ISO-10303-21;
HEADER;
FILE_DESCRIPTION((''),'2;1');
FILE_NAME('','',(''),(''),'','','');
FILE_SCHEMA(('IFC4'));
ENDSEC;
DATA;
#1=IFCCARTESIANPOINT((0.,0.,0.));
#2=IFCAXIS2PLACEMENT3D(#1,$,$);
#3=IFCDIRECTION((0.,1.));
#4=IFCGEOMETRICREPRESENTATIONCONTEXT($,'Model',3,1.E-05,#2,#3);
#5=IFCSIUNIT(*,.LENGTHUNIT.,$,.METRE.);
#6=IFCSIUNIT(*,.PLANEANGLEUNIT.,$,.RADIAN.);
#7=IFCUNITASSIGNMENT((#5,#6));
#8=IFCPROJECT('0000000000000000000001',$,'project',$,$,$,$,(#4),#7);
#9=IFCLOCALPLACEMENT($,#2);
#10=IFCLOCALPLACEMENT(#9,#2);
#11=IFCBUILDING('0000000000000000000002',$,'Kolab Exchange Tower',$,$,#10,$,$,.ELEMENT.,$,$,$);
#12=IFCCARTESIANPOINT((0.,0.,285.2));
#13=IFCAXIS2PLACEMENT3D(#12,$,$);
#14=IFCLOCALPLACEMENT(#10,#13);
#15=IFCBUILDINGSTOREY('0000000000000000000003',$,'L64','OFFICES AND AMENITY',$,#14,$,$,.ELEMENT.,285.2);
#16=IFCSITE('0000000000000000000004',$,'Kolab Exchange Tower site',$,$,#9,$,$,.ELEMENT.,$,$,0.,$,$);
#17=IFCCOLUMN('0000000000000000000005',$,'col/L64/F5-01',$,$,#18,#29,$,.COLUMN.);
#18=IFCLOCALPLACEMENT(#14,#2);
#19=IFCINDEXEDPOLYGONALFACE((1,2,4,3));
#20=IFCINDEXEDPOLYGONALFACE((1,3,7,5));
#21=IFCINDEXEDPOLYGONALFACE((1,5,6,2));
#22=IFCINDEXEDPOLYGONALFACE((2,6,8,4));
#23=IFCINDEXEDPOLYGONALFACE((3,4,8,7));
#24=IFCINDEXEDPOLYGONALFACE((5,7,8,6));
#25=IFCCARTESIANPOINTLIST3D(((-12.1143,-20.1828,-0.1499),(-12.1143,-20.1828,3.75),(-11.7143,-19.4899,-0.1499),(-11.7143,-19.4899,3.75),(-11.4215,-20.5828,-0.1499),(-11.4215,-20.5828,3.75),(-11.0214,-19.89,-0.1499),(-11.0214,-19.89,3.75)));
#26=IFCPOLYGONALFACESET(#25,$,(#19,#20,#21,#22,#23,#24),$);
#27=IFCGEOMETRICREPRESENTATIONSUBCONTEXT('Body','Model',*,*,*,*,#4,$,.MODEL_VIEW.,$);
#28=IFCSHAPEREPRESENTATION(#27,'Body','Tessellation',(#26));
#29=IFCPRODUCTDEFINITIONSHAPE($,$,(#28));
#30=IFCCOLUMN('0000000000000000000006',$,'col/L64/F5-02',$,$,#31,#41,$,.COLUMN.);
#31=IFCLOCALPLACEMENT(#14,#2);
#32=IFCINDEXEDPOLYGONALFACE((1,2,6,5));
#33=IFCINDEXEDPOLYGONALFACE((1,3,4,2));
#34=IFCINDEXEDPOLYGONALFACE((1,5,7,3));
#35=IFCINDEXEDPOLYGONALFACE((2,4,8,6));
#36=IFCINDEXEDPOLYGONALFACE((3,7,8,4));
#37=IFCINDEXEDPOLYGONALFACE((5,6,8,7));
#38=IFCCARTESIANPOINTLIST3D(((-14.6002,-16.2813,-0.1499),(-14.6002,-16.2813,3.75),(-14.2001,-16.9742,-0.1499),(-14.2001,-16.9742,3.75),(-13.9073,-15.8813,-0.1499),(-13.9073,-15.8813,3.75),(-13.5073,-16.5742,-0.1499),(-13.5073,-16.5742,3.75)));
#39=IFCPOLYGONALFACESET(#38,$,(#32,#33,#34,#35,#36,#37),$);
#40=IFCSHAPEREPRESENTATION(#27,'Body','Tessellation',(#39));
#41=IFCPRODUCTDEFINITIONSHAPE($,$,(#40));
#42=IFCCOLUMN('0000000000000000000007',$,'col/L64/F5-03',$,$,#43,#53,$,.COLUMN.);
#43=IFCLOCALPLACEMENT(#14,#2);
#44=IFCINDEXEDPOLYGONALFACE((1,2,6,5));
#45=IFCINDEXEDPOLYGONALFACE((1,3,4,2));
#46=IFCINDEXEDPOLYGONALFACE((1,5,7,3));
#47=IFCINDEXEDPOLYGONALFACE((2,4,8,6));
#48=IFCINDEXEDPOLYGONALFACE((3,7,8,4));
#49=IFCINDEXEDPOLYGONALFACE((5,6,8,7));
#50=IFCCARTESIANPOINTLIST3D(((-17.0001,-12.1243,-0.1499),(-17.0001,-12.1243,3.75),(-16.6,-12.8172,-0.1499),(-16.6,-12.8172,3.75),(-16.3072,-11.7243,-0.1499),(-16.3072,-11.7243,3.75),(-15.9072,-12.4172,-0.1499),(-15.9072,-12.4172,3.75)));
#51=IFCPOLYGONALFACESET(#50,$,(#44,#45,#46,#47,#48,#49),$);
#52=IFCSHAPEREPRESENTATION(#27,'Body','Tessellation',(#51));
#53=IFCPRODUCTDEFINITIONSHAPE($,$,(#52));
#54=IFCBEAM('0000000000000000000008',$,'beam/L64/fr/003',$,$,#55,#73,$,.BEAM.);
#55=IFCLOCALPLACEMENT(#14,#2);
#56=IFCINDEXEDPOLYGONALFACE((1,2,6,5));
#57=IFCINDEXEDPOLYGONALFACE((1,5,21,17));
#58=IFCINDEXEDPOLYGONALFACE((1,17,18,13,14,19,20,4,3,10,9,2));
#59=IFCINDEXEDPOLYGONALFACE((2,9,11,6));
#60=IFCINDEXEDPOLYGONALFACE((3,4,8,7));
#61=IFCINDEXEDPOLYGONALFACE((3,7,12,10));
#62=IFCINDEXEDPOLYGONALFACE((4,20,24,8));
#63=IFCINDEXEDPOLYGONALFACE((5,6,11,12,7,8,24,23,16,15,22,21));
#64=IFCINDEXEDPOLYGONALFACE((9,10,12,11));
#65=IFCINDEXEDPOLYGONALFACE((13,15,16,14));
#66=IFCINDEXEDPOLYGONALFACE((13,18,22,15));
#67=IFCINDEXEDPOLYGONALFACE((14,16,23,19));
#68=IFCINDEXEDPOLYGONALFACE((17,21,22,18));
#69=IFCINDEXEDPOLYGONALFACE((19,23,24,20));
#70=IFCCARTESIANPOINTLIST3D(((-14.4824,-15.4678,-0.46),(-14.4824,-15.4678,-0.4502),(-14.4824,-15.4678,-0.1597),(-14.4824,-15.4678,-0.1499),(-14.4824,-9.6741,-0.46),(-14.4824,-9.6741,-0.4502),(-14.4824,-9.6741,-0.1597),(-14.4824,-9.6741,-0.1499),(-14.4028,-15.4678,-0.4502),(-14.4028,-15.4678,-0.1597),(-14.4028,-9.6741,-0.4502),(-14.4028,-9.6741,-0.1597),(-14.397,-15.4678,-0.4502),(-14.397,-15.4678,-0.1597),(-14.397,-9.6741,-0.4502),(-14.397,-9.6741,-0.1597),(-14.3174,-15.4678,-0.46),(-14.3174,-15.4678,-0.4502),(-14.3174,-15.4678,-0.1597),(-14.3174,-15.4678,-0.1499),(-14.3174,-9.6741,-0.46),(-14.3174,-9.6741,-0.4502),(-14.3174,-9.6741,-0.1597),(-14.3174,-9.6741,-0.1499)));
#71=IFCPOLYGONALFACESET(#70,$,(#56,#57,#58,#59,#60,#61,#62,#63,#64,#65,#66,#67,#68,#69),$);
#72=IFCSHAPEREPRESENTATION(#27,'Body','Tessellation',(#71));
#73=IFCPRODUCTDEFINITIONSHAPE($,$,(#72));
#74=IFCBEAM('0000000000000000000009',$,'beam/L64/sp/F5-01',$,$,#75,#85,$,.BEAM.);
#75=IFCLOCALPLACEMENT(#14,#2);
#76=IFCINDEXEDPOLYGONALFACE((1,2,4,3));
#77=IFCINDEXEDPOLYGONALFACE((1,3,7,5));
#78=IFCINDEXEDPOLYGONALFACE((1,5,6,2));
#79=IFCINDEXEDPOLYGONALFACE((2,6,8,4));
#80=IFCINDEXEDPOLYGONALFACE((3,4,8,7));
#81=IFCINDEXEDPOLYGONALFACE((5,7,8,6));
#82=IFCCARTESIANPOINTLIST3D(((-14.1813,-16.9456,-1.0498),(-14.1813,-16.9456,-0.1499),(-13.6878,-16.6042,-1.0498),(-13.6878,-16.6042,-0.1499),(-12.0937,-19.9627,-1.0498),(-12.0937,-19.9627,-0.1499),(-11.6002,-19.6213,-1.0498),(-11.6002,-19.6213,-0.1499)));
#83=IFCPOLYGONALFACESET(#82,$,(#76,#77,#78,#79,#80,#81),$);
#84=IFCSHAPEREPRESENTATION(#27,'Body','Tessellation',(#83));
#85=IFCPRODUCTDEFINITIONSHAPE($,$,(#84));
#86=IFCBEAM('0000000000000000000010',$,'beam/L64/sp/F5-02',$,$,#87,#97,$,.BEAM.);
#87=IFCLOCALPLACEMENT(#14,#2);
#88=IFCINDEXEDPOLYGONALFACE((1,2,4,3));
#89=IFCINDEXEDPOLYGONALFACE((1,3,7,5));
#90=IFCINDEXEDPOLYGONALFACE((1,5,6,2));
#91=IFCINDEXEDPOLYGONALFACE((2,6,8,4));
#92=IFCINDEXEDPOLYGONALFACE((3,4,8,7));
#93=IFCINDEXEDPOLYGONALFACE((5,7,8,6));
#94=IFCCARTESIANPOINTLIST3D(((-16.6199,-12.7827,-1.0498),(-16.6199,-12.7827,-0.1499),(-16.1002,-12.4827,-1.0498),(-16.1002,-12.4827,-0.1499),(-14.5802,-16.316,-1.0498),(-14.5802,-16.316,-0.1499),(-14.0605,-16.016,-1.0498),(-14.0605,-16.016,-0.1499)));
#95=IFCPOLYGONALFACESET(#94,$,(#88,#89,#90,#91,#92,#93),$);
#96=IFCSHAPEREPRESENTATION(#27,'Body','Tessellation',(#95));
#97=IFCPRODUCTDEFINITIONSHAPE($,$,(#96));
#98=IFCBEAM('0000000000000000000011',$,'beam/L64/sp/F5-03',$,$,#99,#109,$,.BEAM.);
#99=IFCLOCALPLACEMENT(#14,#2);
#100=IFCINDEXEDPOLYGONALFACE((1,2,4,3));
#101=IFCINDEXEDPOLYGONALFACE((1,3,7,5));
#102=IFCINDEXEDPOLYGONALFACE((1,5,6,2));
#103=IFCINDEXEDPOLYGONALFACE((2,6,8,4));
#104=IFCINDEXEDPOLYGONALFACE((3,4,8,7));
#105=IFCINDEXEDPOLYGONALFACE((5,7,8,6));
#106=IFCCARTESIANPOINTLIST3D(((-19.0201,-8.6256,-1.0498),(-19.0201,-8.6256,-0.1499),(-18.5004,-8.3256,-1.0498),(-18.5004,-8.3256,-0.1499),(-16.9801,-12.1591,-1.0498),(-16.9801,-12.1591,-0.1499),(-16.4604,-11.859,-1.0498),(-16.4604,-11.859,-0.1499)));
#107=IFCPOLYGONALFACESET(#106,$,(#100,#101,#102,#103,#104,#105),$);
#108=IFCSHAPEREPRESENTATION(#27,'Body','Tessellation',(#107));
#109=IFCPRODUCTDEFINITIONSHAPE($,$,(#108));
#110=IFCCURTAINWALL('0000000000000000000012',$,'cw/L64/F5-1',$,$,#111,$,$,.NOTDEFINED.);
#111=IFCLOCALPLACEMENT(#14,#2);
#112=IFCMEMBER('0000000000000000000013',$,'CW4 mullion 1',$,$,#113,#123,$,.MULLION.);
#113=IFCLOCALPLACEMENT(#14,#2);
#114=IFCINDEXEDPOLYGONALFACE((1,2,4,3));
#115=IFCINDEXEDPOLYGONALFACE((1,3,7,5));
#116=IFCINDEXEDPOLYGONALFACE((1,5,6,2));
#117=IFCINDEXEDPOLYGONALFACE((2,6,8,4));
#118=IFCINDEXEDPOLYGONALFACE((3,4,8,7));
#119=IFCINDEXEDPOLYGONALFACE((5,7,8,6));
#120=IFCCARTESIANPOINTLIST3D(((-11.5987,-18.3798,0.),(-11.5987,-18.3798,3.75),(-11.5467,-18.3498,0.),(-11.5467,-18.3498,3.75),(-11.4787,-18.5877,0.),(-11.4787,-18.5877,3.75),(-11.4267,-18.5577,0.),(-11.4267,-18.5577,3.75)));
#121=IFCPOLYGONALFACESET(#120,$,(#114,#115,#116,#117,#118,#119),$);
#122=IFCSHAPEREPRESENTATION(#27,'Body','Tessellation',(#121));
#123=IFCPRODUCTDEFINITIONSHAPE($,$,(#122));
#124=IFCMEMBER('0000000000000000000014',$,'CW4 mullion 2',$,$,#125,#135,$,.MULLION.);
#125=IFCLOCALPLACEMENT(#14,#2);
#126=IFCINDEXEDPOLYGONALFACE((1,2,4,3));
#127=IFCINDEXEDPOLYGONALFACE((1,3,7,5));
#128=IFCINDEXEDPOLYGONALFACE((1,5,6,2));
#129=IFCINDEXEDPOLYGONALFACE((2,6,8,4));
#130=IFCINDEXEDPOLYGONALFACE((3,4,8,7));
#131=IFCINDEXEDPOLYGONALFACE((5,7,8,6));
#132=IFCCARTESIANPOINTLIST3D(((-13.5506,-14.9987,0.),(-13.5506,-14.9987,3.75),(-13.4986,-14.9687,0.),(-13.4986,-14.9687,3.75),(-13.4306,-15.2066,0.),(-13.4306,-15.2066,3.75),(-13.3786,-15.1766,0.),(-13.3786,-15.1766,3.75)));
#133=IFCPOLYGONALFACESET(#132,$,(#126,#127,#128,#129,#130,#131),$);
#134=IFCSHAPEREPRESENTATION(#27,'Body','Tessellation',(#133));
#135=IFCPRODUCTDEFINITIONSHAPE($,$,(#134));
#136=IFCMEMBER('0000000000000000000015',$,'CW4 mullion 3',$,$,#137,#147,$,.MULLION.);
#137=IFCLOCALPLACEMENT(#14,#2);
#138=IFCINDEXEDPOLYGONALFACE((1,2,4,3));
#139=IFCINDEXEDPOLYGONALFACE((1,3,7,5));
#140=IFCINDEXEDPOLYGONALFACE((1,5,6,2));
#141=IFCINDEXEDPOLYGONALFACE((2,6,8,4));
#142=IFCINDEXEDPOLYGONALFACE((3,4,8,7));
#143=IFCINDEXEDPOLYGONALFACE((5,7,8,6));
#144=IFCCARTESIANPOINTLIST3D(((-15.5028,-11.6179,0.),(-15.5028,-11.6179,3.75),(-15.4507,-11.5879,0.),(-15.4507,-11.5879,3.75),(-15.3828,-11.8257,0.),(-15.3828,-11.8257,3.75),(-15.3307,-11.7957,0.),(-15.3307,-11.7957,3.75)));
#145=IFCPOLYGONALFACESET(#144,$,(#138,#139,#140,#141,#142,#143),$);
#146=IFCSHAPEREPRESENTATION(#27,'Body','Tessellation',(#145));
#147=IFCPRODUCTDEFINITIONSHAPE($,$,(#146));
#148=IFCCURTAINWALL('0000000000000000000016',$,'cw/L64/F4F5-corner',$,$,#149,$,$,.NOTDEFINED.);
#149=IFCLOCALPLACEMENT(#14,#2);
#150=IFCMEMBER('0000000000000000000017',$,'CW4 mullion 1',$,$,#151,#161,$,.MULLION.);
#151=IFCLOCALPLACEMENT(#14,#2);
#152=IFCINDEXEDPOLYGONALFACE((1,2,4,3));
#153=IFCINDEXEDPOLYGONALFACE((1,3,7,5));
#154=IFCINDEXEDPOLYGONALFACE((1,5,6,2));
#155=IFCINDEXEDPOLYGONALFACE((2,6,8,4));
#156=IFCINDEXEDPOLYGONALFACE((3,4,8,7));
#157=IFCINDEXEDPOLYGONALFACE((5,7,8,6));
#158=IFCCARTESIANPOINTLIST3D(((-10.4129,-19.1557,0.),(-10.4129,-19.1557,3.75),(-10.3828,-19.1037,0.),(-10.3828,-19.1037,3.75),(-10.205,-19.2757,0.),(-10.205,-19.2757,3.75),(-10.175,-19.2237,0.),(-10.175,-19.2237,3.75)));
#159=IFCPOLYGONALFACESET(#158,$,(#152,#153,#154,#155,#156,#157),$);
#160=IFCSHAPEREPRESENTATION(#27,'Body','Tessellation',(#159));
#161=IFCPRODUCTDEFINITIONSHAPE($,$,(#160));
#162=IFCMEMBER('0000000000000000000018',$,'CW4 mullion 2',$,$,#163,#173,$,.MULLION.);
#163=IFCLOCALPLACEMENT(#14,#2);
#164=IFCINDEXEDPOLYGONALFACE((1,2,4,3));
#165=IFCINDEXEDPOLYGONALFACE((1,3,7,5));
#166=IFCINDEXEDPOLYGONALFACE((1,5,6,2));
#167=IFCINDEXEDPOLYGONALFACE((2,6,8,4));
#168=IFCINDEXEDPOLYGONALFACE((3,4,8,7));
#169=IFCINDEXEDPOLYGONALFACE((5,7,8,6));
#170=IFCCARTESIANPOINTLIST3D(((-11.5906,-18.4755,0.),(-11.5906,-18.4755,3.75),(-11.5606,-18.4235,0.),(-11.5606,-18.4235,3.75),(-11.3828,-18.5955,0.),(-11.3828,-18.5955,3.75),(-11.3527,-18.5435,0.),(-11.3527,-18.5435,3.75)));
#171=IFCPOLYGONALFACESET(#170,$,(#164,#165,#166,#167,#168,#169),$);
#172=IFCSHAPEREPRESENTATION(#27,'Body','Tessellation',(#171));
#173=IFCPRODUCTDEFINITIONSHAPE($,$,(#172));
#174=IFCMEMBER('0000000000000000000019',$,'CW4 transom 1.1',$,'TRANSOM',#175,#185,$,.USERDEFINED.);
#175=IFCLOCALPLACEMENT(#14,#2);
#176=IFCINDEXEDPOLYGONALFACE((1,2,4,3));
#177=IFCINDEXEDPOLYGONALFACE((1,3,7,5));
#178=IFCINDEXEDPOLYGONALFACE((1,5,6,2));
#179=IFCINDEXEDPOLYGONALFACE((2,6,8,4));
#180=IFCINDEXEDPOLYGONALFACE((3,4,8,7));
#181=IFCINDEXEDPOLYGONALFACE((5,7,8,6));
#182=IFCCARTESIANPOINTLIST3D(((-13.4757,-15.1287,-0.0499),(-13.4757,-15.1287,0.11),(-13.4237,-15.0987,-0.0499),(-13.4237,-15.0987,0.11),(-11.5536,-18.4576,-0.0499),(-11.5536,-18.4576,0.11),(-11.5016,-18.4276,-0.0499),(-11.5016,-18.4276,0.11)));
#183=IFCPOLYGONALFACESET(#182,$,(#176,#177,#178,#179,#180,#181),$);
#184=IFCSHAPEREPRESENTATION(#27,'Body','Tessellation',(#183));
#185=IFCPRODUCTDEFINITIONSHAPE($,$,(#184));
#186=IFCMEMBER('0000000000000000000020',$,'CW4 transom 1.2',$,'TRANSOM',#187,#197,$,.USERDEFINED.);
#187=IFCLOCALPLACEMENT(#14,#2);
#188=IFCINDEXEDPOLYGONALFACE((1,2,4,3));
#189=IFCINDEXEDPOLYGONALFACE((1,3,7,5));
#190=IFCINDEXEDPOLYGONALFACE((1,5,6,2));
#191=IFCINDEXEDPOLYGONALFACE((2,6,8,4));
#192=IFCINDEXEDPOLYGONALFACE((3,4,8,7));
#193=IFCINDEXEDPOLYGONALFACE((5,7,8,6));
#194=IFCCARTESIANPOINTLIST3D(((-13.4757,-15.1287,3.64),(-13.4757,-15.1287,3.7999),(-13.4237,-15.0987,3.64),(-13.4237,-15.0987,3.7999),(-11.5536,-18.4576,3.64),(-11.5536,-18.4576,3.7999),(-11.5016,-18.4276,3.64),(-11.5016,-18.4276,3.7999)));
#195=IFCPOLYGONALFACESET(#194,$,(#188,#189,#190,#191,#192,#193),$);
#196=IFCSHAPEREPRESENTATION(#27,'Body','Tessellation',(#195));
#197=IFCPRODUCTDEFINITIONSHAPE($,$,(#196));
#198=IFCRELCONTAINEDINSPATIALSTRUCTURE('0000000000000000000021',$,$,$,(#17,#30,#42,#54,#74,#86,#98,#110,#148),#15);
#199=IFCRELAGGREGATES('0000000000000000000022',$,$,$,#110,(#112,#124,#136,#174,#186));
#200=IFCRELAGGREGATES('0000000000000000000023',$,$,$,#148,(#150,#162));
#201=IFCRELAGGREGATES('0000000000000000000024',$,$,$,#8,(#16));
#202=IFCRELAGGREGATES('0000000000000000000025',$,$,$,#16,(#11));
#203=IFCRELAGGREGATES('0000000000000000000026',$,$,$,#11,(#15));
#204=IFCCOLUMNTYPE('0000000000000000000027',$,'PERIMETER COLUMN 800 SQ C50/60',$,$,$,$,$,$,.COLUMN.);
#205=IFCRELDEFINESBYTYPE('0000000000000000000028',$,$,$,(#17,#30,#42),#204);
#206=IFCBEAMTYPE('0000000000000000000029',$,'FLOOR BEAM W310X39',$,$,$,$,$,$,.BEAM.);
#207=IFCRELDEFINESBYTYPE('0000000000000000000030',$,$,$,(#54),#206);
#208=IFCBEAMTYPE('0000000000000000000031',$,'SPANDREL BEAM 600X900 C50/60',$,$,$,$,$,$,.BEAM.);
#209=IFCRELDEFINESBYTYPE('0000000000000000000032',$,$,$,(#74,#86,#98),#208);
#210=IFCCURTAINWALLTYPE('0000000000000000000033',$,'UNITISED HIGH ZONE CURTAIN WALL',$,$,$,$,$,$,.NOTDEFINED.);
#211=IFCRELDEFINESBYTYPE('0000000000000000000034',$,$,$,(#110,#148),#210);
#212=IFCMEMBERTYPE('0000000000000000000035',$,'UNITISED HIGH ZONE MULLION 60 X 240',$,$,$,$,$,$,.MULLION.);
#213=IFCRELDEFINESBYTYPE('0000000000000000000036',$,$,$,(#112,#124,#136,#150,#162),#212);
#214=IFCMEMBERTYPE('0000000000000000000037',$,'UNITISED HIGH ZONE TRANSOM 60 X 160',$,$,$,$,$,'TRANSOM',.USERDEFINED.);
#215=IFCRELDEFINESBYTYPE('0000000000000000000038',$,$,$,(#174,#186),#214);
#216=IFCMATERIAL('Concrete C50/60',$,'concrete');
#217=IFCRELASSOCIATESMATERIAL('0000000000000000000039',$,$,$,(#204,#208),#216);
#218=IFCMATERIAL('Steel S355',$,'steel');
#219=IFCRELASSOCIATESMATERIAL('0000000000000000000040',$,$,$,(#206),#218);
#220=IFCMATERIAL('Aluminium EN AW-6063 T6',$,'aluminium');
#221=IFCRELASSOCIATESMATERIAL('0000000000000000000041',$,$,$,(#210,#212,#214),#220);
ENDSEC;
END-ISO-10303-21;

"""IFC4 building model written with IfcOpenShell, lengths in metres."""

from ifc_helpers import new_model, si_unit, direction, frame, origin, origin_2d, place, context, subcontext, project, spatial, rectangle, i_section, extrude, material, material_profile, profile_set, type_object, element, aggregate, save


model = new_model("IFC4")

# Units and contexts
model_context = context("Model", 3, precision=1e-05, world=origin(), true_north=direction((0.0, 1.0)))
body_context = subcontext(model_context, "Body", "Model", "MODEL_VIEW")
ifc_project = project(units=[si_unit("LENGTHUNIT", "METRE"), si_unit("PLANEANGLEUNIT", "RADIAN")], contexts=[model_context])

# Site, building, storey
site_placement = place(None, origin())
site = spatial("IfcSite", under=ifc_project, at=site_placement, Name="Kolab Exchange Tower site", CompositionType="ELEMENT", RefElevation=0.0)
building_placement = place(site_placement, origin())
building = spatial("IfcBuilding", under=site, at=building_placement, Name="Kolab Exchange Tower", CompositionType="ELEMENT")
storey_placement = place(building_placement, frame((0.0, 0.0, 285.2)))
storey = spatial("IfcBuildingStorey", under=building, at=storey_placement, Name="L64", Description="OFFICES AND AMENITY", CompositionType="ELEMENT", Elevation=285.2)

# Columns
ifc_material_1 = material(Name="Concrete C50/60", Category="concrete")
ifc_material_profile_1 = material_profile(ifc_material_1, rectangle(XDim=0.8, YDim=0.8, at=origin_2d()), Name="RC800")
ifc_profile_set_1 = profile_set([ifc_material_profile_1], Name="Concrete C50/60")
column_type = type_object("IfcColumnType", Name="PERIMETER COLUMN 800 SQ C50/60", PredefinedType="COLUMN", material=ifc_profile_set_1)
for number, where, z_axis, x_axis, name in (
    (1, (-11.5679, -20.0364, -0.1499), (0.0, 0.0, 1.0), (0.5, 0.866025, 0.0), "col/L64/F5-01"),
    (2, (-14.0537, -16.4277, -0.1499), (0.0, 0.0, 1.0), (0.866025, 0.5, 0.0), "col/L64/F5-02"),
    (3, (-16.4536, -12.2708, -0.1499), (0.0, 0.0, 1.0), (0.866025, 0.5, 0.0), "col/L64/F5-03"),
):
    element("IfcColumn", number, at=place(storey_placement, frame(where, z_axis=z_axis, x_axis=x_axis)), inside=storey, type_object=column_type, Name=name, PredefinedType="COLUMN", context=body_context, shape_type="SweptSolid", body=[
        extrude(rectangle(XDim=0.8, YDim=0.8, at=origin_2d()), origin(), (0.0, 0.0, 1.0), 3.8999),
    ])

# Beams
ifc_material_2 = material(Name="Steel S355", Category="steel")
ifc_material_profile_2 = material_profile(ifc_material_2, i_section(OverallWidth=0.165, OverallDepth=0.3101, WebThickness=0.0059, FlangeThickness=0.0098, at=origin_2d()), Name="W310X39")
ifc_profile_set_2 = profile_set([ifc_material_profile_2], Name="Steel S355")
beam_type_1 = type_object("IfcBeamType", Name="FLOOR BEAM W310X39", PredefinedType="BEAM", material=ifc_profile_set_2)
beam_1_placement = place(storey_placement, frame((-14.3999, -15.4678, -0.3049), z_axis=(0.0, 1.0, 0.0), x_axis=(-1.0, 0.0, 0.0)))
element("IfcBeam", 4, at=beam_1_placement, inside=storey, type_object=beam_type_1, Name="beam/L64/fr/003", PredefinedType="BEAM", context=body_context, shape_type="SweptSolid", body=[
    extrude(i_section(OverallWidth=0.165, OverallDepth=0.3101, WebThickness=0.0059, FlangeThickness=0.0098, at=origin_2d()), origin(), (0.0, 0.0, 1.0), 5.7937),
])
ifc_material_profile_3 = material_profile(ifc_material_1, rectangle(XDim=0.6001, YDim=0.8999, at=origin_2d()), Name="RC600X900")
ifc_profile_set_3 = profile_set([ifc_material_profile_3], Name="Concrete C50/60")
beam_type_2 = type_object("IfcBeamType", Name="SPANDREL BEAM 600X900 C50/60", PredefinedType="BEAM", material=ifc_profile_set_3)
beam_2_placement = place(storey_placement, frame((-11.8469, -19.792, -0.5999), z_axis=(-0.569006, 0.822334, 0.0), x_axis=(-0.822334, -0.569006, 0.0)))
element("IfcBeam", 5, at=beam_2_placement, inside=storey, type_object=beam_type_2, Name="beam/L64/sp/F5-01", PredefinedType="BEAM", context=body_context, shape_type="SweptSolid", body=[
    extrude(rectangle(XDim=0.6001, YDim=0.8999, at=origin_2d()), origin(), (0.0, 0.0, 1.0), 3.6689),
])
beam_3_placement = place(storey_placement, frame((-14.3203, -16.166, -0.5999), z_axis=(-0.499956, 0.866051, 0.0), x_axis=(-0.866051, -0.499956, 0.0)))
element("IfcBeam", 6, at=beam_3_placement, inside=storey, type_object=beam_type_2, Name="beam/L64/sp/F5-02", PredefinedType="BEAM", context=body_context, shape_type="SweptSolid", body=[
    extrude(rectangle(XDim=0.6001, YDim=0.8999, at=origin_2d()), origin(), (0.0, 0.0, 1.0), 4.0798),
])
beam_4_placement = place(storey_placement, frame((-16.7202, -12.009, -0.5999), z_axis=(-0.5, 0.866025, 0.0), x_axis=(-0.866025, -0.5, 0.0)))
element("IfcBeam", 7, at=beam_4_placement, inside=storey, type_object=beam_type_2, Name="beam/L64/sp/F5-03", PredefinedType="BEAM", context=body_context, shape_type="SweptSolid", body=[
    extrude(rectangle(XDim=0.6001, YDim=0.8999, at=origin_2d()), origin(), (0.0, 0.0, 1.0), 4.0801),
])

# Curtain walls, members
ifc_material_3 = material(Name="Aluminium EN AW-6063 T6", Category="aluminium")
curtain_wall_type = type_object("IfcCurtainWallType", Name="UNITISED HIGH ZONE CURTAIN WALL", PredefinedType="NOTDEFINED", material=ifc_material_3)
curtain_wall_1_placement = place(storey_placement, origin())
curtain_wall_1 = element("IfcCurtainWall", 8, at=curtain_wall_1_placement, inside=storey, type_object=curtain_wall_type, Name="cw/L64/F5-1", PredefinedType="NOTDEFINED")
ifc_material_profile_4 = material_profile(ifc_material_3, rectangle(XDim=0.0601, YDim=0.24, at=origin_2d()), Name="RECT 60X240")
ifc_profile_set_4 = profile_set([ifc_material_profile_4], Name="Aluminium EN AW-6063 T6")
member_type_1 = type_object("IfcMemberType", Name="UNITISED HIGH ZONE MULLION 60 X 240", PredefinedType="MULLION", material=ifc_profile_set_4)
member_1_placement = place(storey_placement, frame((-11.5127, -18.4688, 0.0), z_axis=(0.0, 0.0, 1.0), x_axis=(-0.866025, -0.5, 0.0)))
member_1 = element("IfcMember", 9, at=member_1_placement, type_object=member_type_1, Name="CW4 mullion 1", PredefinedType="MULLION", context=body_context, shape_type="SweptSolid", body=[
    extrude(rectangle(XDim=0.0601, YDim=0.24, at=origin_2d()), origin(), (0.0, 0.0, 1.0), 3.75),
])
member_2_placement = place(storey_placement, frame((-13.4646, -15.0876, 0.0), z_axis=(0.0, 0.0, 1.0), x_axis=(-0.866025, -0.5, 0.0)))
member_2 = element("IfcMember", 10, at=member_2_placement, type_object=member_type_1, Name="CW4 mullion 2", PredefinedType="MULLION", context=body_context, shape_type="SweptSolid", body=[
    extrude(rectangle(XDim=0.0601, YDim=0.24, at=origin_2d()), origin(), (0.0, 0.0, 1.0), 3.75),
])
member_3_placement = place(storey_placement, frame((-15.4167, -11.7068, 0.0), z_axis=(0.0, 0.0, 1.0), x_axis=(-0.866025, -0.5, 0.0)))
member_3 = element("IfcMember", 11, at=member_3_placement, type_object=member_type_1, Name="CW4 mullion 3", PredefinedType="MULLION", context=body_context, shape_type="SweptSolid", body=[
    extrude(rectangle(XDim=0.0601, YDim=0.24, at=origin_2d()), origin(), (0.0, 0.0, 1.0), 3.75),
])
curtain_wall_2_placement = place(storey_placement, origin())
curtain_wall_2 = element("IfcCurtainWall", 12, at=curtain_wall_2_placement, inside=storey, type_object=curtain_wall_type, Name="cw/L64/F4F5-corner", PredefinedType="NOTDEFINED")
member_4_placement = place(storey_placement, frame((-10.2939, -19.1897, 0.0), z_axis=(0.0, 0.0, 1.0), x_axis=(-0.5, -0.866025, 0.0)))
member_4 = element("IfcMember", 13, at=member_4_placement, type_object=member_type_1, Name="CW4 mullion 1", PredefinedType="MULLION", context=body_context, shape_type="SweptSolid", body=[
    extrude(rectangle(XDim=0.0601, YDim=0.24, at=origin_2d()), origin(), (0.0, 0.0, 1.0), 3.75),
])
member_5_placement = place(storey_placement, frame((-11.4717, -18.5095, 0.0), z_axis=(0.0, 0.0, 1.0), x_axis=(-0.5, -0.866025, 0.0)))
member_5 = element("IfcMember", 14, at=member_5_placement, type_object=member_type_1, Name="CW4 mullion 2", PredefinedType="MULLION", context=body_context, shape_type="SweptSolid", body=[
    extrude(rectangle(XDim=0.0601, YDim=0.24, at=origin_2d()), origin(), (0.0, 0.0, 1.0), 3.75),
])

# Members
ifc_material_profile_5 = material_profile(ifc_material_3, rectangle(XDim=0.0601, YDim=0.1599, at=origin_2d()), Name="RECT 60X160")
ifc_profile_set_5 = profile_set([ifc_material_profile_5], Name="Aluminium EN AW-6063 T6")
member_type_2 = type_object("IfcMemberType", Name="UNITISED HIGH ZONE TRANSOM 60 X 160", ElementType="TRANSOM", PredefinedType="USERDEFINED", material=ifc_profile_set_5)
member_6_placement = place(storey_placement, frame((-11.5276, -18.4426, 0.03), z_axis=(-0.500039, 0.866003, 0.0), x_axis=(-0.866003, -0.500039, 0.0)))
member_6 = element("IfcMember", 15, at=member_6_placement, type_object=member_type_2, Name="CW4 transom 1.1", ObjectType="TRANSOM", PredefinedType="USERDEFINED", context=body_context, shape_type="SweptSolid", body=[
    extrude(rectangle(XDim=0.0601, YDim=0.1599, at=origin_2d()), origin(), (0.0, 0.0, 1.0), 3.844),
])
member_7_placement = place(storey_placement, frame((-11.5276, -18.4426, 3.72), z_axis=(-0.500039, 0.866003, 0.0), x_axis=(-0.866003, -0.500039, 0.0)))
member_7 = element("IfcMember", 16, at=member_7_placement, type_object=member_type_2, Name="CW4 transom 1.2", ObjectType="TRANSOM", PredefinedType="USERDEFINED", context=body_context, shape_type="SweptSolid", body=[
    extrude(rectangle(XDim=0.0601, YDim=0.1599, at=origin_2d()), origin(), (0.0, 0.0, 1.0), 3.844),
])

aggregate(curtain_wall_1, [member_1, member_2, member_3, member_6, member_7])
aggregate(curtain_wall_2, [member_4, member_5])

save(model, "model.ifc")
